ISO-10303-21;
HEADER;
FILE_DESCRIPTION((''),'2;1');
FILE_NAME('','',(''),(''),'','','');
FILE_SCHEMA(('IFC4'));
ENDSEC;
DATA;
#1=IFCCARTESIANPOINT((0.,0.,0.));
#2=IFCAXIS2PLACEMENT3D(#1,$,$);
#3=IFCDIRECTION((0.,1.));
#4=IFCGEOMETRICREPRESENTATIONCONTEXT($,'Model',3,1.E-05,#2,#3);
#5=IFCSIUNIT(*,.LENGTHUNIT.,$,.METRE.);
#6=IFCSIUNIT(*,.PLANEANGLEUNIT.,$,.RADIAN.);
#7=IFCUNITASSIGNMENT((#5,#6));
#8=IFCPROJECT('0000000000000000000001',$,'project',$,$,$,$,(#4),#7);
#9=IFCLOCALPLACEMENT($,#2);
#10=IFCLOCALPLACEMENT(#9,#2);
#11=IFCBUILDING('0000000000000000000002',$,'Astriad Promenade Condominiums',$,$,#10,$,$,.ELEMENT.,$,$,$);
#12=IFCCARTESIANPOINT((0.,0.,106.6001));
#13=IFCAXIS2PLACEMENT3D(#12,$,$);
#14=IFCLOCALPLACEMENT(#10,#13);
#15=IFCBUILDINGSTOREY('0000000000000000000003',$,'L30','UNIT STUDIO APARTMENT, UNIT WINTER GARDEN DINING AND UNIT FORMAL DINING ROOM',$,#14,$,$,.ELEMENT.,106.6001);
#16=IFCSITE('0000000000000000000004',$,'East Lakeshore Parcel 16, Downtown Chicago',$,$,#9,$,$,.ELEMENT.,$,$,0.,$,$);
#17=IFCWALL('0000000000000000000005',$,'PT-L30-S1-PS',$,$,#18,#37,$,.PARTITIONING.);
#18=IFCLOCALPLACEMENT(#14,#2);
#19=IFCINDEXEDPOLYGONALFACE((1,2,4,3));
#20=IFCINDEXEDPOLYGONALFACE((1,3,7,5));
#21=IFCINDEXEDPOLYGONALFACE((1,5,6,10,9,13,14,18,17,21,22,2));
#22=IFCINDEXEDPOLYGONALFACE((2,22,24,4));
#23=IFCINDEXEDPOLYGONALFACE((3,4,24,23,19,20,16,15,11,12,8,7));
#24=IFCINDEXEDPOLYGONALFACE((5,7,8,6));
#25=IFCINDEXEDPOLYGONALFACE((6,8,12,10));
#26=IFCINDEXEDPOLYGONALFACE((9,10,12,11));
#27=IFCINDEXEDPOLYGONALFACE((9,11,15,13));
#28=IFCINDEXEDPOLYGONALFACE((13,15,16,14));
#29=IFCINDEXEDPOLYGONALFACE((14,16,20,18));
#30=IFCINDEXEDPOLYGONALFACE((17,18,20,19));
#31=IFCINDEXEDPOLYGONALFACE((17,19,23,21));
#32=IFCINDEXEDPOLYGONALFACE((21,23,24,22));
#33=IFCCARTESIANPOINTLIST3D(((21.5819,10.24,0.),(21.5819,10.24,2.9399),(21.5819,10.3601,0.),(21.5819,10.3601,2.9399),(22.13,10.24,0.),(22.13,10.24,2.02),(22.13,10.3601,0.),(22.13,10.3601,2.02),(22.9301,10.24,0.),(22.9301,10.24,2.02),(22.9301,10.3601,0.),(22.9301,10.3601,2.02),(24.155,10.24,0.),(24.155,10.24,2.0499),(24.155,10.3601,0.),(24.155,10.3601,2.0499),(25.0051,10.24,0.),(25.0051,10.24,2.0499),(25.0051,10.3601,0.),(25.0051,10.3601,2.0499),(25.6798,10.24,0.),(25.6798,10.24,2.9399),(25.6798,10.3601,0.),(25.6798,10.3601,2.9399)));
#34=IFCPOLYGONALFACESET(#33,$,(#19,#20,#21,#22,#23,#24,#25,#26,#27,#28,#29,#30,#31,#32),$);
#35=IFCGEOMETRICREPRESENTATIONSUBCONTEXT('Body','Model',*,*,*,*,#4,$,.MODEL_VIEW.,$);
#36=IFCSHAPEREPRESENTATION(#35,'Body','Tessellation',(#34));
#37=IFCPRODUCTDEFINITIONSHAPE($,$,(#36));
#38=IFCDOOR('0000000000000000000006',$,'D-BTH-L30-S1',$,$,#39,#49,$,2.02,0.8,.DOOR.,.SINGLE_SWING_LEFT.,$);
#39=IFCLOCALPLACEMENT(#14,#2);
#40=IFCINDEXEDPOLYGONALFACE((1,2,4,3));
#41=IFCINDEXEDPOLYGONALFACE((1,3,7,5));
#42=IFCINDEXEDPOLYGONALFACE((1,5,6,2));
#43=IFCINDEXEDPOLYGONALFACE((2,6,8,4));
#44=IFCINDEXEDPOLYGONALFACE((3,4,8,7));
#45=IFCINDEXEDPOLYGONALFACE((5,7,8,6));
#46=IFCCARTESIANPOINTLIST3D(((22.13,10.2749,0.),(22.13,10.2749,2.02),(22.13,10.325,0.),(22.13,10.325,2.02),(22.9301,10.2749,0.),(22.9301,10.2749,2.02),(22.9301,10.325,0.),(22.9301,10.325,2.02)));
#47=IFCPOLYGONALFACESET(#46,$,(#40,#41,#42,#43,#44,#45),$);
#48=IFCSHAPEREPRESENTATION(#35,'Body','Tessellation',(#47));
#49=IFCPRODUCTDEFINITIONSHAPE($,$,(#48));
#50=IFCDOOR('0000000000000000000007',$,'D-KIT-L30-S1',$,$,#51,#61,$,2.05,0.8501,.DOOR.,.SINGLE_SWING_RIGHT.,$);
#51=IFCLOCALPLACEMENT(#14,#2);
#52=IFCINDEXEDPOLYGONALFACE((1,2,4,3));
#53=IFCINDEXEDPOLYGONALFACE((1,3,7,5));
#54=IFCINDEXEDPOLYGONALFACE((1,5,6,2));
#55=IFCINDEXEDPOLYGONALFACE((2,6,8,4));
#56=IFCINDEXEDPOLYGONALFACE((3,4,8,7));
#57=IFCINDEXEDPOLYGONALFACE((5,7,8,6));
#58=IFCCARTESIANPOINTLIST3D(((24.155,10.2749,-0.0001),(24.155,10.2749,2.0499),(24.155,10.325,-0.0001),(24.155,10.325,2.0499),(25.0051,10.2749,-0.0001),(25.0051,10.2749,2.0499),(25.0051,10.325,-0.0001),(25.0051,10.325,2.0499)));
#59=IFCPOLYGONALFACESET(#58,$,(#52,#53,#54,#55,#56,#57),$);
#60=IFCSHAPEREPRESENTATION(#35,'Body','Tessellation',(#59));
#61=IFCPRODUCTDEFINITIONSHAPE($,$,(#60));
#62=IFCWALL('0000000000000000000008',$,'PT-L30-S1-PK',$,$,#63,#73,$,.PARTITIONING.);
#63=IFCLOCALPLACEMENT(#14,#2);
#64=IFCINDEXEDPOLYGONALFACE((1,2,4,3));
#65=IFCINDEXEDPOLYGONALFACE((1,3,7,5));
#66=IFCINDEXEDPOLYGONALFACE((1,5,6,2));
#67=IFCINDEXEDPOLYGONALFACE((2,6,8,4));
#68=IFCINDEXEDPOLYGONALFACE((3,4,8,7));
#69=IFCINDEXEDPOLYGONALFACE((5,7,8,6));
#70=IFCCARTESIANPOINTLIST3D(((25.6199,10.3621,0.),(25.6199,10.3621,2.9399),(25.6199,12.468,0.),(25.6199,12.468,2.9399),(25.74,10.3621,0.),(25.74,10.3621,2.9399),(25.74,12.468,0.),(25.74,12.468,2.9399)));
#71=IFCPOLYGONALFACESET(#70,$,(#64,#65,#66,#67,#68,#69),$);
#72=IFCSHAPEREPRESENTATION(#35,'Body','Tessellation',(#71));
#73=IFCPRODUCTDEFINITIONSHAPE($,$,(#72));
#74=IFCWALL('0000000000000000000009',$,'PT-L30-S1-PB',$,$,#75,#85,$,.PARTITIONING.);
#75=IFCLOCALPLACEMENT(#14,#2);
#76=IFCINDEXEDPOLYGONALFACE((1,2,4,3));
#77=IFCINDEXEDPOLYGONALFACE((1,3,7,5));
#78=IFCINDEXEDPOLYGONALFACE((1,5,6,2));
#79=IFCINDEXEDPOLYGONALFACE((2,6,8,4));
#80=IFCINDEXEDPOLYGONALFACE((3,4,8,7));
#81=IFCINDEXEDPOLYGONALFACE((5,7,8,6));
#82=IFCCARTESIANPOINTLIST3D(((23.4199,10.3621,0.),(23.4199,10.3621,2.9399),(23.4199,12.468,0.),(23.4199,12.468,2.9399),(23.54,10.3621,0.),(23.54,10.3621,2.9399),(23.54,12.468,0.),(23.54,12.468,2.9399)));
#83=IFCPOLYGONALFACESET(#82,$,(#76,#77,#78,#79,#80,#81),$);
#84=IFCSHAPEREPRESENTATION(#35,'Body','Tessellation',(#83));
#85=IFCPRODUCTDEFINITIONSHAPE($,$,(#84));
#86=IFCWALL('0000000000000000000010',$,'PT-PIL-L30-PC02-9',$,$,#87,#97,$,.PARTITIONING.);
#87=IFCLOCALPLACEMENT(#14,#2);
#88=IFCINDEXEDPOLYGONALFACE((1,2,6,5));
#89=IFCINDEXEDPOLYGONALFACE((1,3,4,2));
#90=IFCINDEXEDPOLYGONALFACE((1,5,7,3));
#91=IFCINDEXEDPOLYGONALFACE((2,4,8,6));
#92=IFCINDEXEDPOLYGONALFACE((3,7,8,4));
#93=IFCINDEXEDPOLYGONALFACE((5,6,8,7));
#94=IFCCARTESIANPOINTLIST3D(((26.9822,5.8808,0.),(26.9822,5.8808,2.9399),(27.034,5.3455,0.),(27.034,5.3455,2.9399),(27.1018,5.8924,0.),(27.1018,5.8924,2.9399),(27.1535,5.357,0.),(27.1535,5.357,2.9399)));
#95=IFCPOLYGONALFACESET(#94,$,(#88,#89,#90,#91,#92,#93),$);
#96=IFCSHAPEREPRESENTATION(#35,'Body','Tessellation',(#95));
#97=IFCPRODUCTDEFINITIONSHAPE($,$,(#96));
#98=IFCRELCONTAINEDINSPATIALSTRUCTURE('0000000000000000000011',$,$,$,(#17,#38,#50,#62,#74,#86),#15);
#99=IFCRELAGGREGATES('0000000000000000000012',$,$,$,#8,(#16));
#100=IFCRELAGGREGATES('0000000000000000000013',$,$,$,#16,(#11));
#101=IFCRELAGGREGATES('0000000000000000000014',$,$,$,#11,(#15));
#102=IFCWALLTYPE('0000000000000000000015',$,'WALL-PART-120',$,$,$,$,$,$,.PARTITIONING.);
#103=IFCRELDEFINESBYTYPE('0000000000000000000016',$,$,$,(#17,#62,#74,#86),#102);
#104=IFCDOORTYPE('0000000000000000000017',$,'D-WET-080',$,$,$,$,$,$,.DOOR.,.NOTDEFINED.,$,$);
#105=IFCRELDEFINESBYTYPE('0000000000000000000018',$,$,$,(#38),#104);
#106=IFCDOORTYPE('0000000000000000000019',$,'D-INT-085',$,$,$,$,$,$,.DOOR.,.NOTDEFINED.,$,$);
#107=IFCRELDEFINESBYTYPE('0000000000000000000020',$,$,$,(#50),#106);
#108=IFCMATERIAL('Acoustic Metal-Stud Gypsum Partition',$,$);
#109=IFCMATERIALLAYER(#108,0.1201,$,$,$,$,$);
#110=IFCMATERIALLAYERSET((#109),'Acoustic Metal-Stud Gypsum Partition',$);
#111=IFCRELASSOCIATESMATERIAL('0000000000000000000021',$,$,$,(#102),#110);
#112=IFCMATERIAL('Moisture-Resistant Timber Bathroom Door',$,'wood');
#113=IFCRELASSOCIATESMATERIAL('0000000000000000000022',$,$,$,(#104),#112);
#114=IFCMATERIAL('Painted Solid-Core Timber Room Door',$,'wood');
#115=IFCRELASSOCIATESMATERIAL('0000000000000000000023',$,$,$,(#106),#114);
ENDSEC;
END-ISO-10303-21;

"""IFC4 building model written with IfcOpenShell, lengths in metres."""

from ifc_helpers import new_model, si_unit, direction, frame, frame_2d, origin, place, context, subcontext, project, spatial, rectangle, extrude, source, transform, mapped, material, layer, layer_set, type_object, type_shapes, element, fill, save


model = new_model("IFC4")

# Units and contexts
model_context = context("Model", 3, precision=1e-05, world=origin(), true_north=direction((0.0, 1.0)))
body_context = subcontext(model_context, "Body", "Model", "MODEL_VIEW")
ifc_project = project(units=[si_unit("LENGTHUNIT", "METRE"), si_unit("PLANEANGLEUNIT", "RADIAN")], contexts=[model_context])

# Site, building, storey
site_placement = place(None, origin())
site = spatial("IfcSite", under=ifc_project, at=site_placement, Name="East Lakeshore Parcel 16, Downtown Chicago", CompositionType="ELEMENT", RefElevation=0.0)
building_placement = place(site_placement, origin())
building = spatial("IfcBuilding", under=site, at=building_placement, Name="Astriad Promenade Condominiums", CompositionType="ELEMENT")
storey_placement = place(building_placement, frame((0.0, 0.0, 106.6001)))
storey = spatial("IfcBuildingStorey", under=building, at=storey_placement, Name="L30", Description="UNIT STUDIO APARTMENT, UNIT WINTER GARDEN DINING AND UNIT FORMAL DINING ROOM", CompositionType="ELEMENT", Elevation=106.6001)

# Wall, openings, doors
ifc_material_1 = material(Name="Acoustic Metal-Stud Gypsum Partition")
ifc_layer_1 = layer(ifc_material_1, 0.1201)
ifc_layer_set_1 = layer_set([ifc_layer_1], Name="Acoustic Metal-Stud Gypsum Partition")
wall_type_1 = type_object("IfcWallType", Name="WALL-PART-120", PredefinedType="PARTITIONING", material=ifc_layer_set_1)
wall_1_placement = place(storey_placement, frame((21.582, 10.3, 0.0), z_axis=(0.0, 0.0, 1.0), x_axis=(1.0, 0.0, 0.0)))
wall_1 = element("IfcWall", 1, at=wall_1_placement, inside=storey, type_object=wall_type_1, Name="PT-L30-S1-PS", PredefinedType="PARTITIONING", context=body_context, shape_type="SweptSolid", body=[
    extrude(rectangle(XDim=4.0979, YDim=0.1201, at=frame_2d((2.0488, 0.0))), origin(), (0.0, 0.0, 1.0), 2.9399),
])
opening_1_placement = place(wall_1_placement, frame((0.5481, 0.0, 0.0)))
opening_1 = element("IfcOpeningElement", 2, at=opening_1_placement, cuts=wall_1, PredefinedType="OPENING", context=body_context, shape_type="SweptSolid", body=[
    extrude(rectangle(XDim=0.8, YDim=2.02, at=frame_2d((0.3999, 1.01))), frame((0.0, 0.0701, 0.0), z_axis=(0.0, -1.0, 0.0), x_axis=(1.0, 0.0, 0.0)), (0.0, 0.0, 1.0), 0.1401),
])
opening_2_placement = place(wall_1_placement, frame((2.573, 0.0, 0.0)))
opening_2 = element("IfcOpeningElement", 3, at=opening_2_placement, cuts=wall_1, PredefinedType="OPENING", context=body_context, shape_type="SweptSolid", body=[
    extrude(rectangle(XDim=0.8501, YDim=2.05, at=frame_2d((0.425, 1.0249))), frame((0.0, 0.0701, 0.0), z_axis=(0.0, -1.0, 0.0), x_axis=(1.0, 0.0, 0.0)), (0.0, 0.0, 1.0), 0.1401),
])
ifc_material_2 = material(Name="Moisture-Resistant Timber Bathroom Door", Category="wood")
door_type_1 = type_object("IfcDoorType", Name="D-WET-080", OperationType="NOTDEFINED", PredefinedType="DOOR", material=ifc_material_2)
shared_shape_1 = source(origin(), body_context, "Body", "SweptSolid", [
    extrude(rectangle(XDim=0.8, YDim=2.02, at=frame_2d((0.3999, 1.01))), frame((0.0, 0.0249, 0.0), z_axis=(0.0, -1.0, 0.0), x_axis=(1.0, 0.0, 0.0)), (0.0, 0.0, 1.0), 0.05),
])
type_shapes(door_type_1, [shared_shape_1])
door_1_placement = place(opening_1_placement, origin())
door_1 = element("IfcDoor", 4, at=door_1_placement, inside=storey, type_object=door_type_1, Name="D-BTH-L30-S1", OperationType="SINGLE_SWING_LEFT", OverallHeight=2.02, OverallWidth=0.8, PredefinedType="DOOR", context=body_context, shape_type="MappedRepresentation", body=[
    mapped(shared_shape_1, transform((0.0, 0.0, 0.0), scale=1.0)),
])
fill(opening_1, door_1)
ifc_material_3 = material(Name="Painted Solid-Core Timber Room Door", Category="wood")
door_type_2 = type_object("IfcDoorType", Name="D-INT-085", OperationType="NOTDEFINED", PredefinedType="DOOR", material=ifc_material_3)
shared_shape_2 = source(origin(), body_context, "Body", "SweptSolid", [
    extrude(rectangle(XDim=0.8501, YDim=2.05, at=frame_2d((0.425, 1.0249))), frame((0.0, 0.0249, 0.0), z_axis=(0.0, -1.0, 0.0), x_axis=(1.0, 0.0, 0.0)), (0.0, 0.0, 1.0), 0.05),
])
type_shapes(door_type_2, [shared_shape_2])
door_2_placement = place(opening_2_placement, origin())
door_2 = element("IfcDoor", 5, at=door_2_placement, inside=storey, type_object=door_type_2, Name="D-KIT-L30-S1", OperationType="SINGLE_SWING_RIGHT", OverallHeight=2.05, OverallWidth=0.8501, PredefinedType="DOOR", context=body_context, shape_type="MappedRepresentation", body=[
    mapped(shared_shape_2, transform((0.0, 0.0, 0.0), scale=1.0)),
])
fill(opening_2, door_2)

# Walls
for number, where, z_axis, x_axis, name in (
    (6, (25.6799, 10.3621, 0.0), (0.0, 0.0, 1.0), (0.0, 1.0, 0.0), "PT-L30-S1-PK"),
    (7, (23.48, 10.3621, 0.0), (0.0, 0.0, 1.0), (0.0, 1.0, 0.0), "PT-L30-S1-PB"),
):
    element("IfcWall", number, at=place(storey_placement, frame(where, z_axis=z_axis, x_axis=x_axis)), inside=storey, type_object=wall_type_1, Name=name, PredefinedType="PARTITIONING", context=body_context, shape_type="SweptSolid", body=[
        extrude(rectangle(XDim=2.106, YDim=0.1201, at=frame_2d((1.053, 0.0))), origin(), (0.0, 0.0, 1.0), 2.9399),
    ])
wall_2_placement = place(storey_placement, frame((27.042, 5.8867, 0.0), z_axis=(0.0, 0.0, 1.0), x_axis=(0.096223, -0.99536, 0.0)))
element("IfcWall", 8, at=wall_2_placement, inside=storey, type_object=wall_type_1, Name="PT-PIL-L30-PC02-9", PredefinedType="PARTITIONING", context=body_context, shape_type="SweptSolid", body=[
    extrude(rectangle(XDim=0.5378, YDim=0.1201, at=frame_2d((0.269, 0.0))), origin(), (0.0, 0.0, 1.0), 2.9399),
])

save(model, "model.ifc")
